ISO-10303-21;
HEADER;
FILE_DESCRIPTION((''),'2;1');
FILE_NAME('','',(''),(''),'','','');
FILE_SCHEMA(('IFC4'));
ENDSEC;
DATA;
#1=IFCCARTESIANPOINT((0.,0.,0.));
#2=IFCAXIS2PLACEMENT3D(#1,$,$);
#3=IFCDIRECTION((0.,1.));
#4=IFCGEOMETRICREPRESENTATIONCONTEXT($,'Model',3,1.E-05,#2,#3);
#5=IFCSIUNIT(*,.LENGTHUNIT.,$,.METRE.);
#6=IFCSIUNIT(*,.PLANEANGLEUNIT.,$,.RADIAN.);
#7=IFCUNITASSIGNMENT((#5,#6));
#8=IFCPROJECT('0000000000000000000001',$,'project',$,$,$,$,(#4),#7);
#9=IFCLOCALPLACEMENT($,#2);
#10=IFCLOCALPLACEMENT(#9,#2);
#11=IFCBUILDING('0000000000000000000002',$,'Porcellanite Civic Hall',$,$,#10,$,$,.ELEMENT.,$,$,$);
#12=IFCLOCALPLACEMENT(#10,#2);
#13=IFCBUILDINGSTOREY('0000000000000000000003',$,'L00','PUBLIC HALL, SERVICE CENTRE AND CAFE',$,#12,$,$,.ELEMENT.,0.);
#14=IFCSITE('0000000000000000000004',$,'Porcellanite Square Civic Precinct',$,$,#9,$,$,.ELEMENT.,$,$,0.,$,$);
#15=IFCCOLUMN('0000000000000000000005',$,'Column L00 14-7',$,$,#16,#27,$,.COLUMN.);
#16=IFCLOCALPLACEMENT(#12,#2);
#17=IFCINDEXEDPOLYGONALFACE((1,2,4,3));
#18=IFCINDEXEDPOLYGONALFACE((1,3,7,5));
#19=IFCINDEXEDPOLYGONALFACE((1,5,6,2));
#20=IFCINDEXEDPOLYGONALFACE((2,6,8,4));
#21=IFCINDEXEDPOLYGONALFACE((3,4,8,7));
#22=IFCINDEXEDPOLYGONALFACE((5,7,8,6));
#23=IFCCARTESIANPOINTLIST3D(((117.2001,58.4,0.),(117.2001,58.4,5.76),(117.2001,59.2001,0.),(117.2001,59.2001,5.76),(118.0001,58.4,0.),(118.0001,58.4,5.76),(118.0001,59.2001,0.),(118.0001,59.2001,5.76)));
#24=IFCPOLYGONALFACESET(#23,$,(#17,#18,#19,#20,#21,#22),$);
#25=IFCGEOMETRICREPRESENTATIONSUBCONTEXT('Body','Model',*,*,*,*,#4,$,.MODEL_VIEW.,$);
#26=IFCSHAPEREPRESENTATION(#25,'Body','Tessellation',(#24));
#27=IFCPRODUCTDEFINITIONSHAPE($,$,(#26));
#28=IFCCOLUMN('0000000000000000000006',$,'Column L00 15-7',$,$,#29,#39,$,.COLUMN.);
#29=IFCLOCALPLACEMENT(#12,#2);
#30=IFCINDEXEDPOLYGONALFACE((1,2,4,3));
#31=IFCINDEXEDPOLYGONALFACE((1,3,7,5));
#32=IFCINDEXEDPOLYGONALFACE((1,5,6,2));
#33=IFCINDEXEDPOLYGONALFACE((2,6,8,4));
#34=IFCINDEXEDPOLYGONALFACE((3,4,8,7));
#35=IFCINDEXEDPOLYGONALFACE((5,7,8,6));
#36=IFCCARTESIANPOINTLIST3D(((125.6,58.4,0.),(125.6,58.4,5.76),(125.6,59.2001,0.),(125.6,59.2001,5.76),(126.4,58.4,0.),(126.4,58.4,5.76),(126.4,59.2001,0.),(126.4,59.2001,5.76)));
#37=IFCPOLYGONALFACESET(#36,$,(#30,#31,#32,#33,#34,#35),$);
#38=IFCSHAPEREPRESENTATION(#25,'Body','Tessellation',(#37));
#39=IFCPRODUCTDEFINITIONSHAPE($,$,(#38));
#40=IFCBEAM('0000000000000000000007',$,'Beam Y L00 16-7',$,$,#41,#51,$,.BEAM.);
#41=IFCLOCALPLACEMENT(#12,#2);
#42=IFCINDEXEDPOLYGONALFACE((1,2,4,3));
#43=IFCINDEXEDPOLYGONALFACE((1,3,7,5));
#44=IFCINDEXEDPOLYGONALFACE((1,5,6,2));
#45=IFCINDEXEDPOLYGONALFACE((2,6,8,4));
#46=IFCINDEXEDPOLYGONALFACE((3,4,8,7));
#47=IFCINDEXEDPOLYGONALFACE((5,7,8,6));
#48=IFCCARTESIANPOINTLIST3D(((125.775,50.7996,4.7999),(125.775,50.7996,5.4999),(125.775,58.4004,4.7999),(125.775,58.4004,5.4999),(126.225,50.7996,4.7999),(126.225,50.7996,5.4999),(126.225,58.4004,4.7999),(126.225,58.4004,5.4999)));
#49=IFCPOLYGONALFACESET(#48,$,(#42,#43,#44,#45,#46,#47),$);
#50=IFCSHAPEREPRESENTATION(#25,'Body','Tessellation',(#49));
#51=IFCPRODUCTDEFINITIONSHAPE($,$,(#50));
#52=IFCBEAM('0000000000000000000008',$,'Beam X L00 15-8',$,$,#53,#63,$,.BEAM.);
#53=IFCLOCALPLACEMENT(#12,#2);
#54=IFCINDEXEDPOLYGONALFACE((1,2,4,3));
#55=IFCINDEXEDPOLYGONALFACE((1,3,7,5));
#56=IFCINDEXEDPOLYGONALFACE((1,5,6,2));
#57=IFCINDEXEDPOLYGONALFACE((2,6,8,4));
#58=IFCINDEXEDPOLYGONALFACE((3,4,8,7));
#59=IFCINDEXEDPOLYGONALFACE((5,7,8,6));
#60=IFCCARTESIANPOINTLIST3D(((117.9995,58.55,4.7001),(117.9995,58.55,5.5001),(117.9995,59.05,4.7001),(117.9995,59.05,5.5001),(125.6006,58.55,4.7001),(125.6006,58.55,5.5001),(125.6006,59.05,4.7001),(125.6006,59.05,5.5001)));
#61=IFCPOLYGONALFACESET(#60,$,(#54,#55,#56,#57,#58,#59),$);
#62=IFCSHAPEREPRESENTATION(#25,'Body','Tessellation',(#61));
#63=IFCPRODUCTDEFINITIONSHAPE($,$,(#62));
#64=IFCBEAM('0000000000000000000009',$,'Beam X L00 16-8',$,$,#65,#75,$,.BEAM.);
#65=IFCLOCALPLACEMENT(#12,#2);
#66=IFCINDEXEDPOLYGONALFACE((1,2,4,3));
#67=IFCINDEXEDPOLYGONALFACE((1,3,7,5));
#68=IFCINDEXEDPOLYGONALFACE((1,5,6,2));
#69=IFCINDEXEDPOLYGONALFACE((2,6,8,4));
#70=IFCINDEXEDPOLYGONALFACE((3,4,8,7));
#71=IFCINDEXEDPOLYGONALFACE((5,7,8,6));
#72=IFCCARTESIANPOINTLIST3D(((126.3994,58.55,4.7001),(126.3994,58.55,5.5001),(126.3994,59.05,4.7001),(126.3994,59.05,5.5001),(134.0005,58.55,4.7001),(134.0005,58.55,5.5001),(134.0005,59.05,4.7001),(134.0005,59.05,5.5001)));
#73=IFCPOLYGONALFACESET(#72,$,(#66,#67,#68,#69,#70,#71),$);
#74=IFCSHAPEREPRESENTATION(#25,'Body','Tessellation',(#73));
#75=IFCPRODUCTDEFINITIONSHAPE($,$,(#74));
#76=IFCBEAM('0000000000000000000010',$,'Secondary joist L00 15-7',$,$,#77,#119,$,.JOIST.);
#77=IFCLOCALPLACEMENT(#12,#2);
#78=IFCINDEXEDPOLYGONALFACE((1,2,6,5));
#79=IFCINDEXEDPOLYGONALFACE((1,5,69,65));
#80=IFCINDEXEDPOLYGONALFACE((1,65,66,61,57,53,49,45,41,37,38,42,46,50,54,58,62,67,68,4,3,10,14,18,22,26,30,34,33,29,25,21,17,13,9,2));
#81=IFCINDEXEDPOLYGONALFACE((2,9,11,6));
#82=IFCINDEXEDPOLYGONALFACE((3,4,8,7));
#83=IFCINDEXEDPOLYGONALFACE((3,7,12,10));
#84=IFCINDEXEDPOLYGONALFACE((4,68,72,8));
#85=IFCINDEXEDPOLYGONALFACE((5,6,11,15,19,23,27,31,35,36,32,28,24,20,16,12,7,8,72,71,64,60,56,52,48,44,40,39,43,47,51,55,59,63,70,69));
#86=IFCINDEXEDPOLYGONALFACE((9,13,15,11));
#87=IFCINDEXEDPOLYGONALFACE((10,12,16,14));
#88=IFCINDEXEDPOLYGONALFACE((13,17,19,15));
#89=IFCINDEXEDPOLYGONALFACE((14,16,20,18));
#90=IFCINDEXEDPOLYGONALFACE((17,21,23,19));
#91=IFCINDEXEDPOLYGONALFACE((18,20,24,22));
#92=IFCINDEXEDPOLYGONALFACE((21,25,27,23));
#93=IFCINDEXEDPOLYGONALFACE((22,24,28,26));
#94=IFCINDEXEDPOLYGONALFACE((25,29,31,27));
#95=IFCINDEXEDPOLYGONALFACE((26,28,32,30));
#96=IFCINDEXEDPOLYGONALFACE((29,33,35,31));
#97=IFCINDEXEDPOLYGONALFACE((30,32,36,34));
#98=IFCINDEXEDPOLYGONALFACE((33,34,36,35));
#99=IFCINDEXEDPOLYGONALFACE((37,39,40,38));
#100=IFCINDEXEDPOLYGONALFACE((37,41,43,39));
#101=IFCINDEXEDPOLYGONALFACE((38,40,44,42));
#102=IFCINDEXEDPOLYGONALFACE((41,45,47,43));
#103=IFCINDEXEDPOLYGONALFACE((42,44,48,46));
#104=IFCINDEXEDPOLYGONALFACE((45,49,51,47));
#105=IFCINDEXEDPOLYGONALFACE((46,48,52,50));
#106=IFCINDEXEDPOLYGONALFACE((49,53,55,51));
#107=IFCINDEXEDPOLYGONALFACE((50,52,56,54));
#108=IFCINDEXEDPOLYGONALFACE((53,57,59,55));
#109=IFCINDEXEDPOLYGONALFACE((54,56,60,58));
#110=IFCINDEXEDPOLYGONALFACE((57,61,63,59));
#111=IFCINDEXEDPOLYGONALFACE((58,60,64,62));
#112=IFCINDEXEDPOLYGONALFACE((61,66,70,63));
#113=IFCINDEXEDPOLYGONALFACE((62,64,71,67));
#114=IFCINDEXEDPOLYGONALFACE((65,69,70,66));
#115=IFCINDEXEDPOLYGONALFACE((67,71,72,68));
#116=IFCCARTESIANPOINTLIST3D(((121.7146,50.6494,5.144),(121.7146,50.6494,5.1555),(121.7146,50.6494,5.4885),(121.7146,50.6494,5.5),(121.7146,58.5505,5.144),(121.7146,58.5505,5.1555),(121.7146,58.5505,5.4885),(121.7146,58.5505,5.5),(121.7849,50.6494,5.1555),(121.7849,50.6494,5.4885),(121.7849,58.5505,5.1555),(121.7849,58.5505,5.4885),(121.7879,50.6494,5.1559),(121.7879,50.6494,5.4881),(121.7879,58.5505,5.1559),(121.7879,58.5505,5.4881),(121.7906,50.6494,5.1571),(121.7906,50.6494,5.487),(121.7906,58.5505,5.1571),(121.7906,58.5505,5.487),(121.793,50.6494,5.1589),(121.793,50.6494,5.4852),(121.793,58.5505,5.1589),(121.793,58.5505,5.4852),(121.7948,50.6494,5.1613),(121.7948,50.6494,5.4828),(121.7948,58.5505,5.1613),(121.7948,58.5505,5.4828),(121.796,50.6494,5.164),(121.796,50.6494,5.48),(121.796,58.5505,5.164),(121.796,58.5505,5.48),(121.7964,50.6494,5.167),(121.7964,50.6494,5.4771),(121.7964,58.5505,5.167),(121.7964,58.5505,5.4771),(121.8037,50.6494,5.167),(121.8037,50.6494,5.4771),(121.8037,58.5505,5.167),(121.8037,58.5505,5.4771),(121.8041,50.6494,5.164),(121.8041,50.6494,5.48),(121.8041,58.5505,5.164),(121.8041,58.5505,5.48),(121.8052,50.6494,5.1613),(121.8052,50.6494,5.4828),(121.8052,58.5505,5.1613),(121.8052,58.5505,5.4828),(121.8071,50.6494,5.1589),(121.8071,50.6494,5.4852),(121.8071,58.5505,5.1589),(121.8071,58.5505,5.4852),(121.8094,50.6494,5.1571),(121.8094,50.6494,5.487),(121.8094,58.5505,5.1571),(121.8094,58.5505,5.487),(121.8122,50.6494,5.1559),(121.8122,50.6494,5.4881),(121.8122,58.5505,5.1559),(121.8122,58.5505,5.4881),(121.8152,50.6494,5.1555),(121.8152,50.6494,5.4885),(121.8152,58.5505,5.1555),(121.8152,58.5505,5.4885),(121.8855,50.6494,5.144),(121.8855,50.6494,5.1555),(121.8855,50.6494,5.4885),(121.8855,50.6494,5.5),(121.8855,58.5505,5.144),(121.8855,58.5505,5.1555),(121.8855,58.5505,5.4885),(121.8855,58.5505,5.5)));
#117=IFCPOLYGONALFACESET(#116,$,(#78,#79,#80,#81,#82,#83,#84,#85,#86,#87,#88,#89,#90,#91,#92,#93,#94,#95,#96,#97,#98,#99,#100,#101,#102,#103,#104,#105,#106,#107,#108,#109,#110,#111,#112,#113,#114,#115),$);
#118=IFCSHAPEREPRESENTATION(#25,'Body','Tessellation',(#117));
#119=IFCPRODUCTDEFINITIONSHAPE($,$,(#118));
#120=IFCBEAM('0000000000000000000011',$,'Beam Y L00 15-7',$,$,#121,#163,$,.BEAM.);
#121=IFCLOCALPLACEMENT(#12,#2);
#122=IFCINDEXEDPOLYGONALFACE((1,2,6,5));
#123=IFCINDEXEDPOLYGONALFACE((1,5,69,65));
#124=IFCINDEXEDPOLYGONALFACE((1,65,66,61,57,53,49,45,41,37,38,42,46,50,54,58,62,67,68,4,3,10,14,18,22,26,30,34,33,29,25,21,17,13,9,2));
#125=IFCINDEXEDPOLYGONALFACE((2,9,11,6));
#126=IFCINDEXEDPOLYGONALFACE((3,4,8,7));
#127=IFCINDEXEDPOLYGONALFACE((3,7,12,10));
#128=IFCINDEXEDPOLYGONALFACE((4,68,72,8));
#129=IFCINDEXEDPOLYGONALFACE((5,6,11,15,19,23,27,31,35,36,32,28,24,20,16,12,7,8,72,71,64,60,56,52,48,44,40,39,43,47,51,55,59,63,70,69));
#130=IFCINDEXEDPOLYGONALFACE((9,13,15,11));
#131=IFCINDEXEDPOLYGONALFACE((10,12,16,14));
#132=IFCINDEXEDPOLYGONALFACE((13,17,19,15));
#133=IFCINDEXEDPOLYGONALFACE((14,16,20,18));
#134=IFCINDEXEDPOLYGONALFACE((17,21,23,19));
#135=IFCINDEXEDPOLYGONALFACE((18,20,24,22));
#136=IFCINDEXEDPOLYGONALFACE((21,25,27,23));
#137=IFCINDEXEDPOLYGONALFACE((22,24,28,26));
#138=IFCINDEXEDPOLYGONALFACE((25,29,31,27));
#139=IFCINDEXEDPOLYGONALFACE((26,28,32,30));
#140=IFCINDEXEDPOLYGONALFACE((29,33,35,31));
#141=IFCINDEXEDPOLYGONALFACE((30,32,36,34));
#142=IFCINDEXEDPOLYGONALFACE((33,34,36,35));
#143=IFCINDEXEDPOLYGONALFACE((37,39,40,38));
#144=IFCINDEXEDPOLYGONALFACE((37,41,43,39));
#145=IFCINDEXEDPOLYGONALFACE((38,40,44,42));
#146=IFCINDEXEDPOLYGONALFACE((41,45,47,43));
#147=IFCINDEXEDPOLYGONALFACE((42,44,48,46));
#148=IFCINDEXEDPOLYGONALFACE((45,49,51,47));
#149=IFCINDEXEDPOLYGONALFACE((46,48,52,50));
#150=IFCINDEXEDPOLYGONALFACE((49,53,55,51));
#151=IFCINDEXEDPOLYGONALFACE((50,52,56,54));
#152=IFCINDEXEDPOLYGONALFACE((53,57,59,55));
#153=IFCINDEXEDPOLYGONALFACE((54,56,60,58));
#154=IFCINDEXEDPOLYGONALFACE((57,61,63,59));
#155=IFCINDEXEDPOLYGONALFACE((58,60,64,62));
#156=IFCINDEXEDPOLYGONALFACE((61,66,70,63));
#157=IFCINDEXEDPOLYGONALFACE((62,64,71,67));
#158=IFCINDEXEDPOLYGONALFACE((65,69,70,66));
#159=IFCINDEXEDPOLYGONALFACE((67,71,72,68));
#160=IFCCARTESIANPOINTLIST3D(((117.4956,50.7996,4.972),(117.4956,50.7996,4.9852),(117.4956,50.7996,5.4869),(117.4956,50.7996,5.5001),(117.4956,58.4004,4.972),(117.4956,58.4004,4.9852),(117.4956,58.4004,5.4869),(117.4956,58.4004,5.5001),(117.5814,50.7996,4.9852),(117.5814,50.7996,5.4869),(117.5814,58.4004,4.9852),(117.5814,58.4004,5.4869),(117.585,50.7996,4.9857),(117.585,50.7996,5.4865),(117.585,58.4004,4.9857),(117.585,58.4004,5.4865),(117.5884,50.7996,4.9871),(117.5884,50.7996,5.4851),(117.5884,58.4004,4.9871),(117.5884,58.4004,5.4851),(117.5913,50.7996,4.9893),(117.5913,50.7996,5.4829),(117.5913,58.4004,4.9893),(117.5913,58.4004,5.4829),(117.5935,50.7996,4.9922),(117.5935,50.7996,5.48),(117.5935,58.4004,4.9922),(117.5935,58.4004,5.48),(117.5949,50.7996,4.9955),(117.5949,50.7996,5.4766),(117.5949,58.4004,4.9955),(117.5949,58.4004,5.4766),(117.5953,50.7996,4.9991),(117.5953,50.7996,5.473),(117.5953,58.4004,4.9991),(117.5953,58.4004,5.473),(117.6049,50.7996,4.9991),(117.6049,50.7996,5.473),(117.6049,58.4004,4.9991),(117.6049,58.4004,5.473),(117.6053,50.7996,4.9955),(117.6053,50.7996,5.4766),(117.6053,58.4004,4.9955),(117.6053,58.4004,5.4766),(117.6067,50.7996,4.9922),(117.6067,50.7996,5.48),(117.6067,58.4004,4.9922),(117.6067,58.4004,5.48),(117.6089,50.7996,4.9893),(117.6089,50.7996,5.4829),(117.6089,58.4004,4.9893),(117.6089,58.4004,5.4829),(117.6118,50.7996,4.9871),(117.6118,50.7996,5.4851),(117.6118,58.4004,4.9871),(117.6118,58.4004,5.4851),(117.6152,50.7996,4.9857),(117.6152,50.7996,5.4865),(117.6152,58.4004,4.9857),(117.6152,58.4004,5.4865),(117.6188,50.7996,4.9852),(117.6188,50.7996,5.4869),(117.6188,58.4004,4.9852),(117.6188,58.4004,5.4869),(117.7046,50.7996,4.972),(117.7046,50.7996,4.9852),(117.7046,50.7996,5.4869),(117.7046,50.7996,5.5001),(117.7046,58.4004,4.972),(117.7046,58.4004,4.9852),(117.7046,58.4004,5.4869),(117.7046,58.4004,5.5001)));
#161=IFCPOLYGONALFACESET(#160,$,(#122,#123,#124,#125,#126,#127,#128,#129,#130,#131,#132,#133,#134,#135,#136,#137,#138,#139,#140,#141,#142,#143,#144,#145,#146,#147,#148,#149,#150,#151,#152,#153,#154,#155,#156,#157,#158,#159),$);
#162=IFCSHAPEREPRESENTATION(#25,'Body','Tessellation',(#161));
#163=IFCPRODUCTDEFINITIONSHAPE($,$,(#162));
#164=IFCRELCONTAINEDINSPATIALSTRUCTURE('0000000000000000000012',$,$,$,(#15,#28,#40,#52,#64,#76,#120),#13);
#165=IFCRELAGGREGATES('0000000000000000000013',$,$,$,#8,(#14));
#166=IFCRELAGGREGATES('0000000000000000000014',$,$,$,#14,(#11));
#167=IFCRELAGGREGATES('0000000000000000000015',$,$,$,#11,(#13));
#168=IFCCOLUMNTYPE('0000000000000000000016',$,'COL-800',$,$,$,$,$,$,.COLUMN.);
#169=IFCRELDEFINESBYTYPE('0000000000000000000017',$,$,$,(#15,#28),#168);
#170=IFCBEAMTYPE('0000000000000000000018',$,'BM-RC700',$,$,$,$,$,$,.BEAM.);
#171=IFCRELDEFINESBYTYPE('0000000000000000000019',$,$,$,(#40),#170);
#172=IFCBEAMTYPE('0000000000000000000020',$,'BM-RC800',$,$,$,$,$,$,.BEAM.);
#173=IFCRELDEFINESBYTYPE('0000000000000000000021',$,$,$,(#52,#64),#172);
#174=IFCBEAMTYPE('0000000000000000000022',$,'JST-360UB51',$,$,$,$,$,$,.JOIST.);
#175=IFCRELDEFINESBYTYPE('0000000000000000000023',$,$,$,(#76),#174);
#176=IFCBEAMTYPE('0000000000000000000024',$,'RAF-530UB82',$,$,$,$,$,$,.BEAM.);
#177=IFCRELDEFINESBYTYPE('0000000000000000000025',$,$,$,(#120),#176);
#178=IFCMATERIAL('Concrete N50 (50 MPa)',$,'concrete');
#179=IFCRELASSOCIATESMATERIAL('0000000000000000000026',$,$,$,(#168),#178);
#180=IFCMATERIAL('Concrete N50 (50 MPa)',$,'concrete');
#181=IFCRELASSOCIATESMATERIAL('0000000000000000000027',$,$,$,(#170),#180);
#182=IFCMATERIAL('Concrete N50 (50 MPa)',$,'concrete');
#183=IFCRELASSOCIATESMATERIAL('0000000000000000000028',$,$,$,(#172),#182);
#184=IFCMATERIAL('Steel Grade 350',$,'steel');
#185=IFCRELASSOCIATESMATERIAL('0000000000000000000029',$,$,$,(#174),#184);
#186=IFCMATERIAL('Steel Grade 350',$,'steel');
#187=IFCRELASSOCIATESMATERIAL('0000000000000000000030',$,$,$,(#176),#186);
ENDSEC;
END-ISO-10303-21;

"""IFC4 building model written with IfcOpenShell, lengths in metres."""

from ifc_helpers import new_model, si_unit, direction, frame, origin, origin_2d, place, context, subcontext, project, spatial, rectangle, i_section, extrude, material, material_profile, profile_set, type_object, element, save


model = new_model("IFC4")

# Units and contexts
model_context = context("Model", 3, precision=1e-05, world=origin(), true_north=direction((0.0, 1.0)))
body_context = subcontext(model_context, "Body", "Model", "MODEL_VIEW")
ifc_project = project(units=[si_unit("LENGTHUNIT", "METRE"), si_unit("PLANEANGLEUNIT", "RADIAN")], contexts=[model_context])

# Site, building, storey
site_placement = place(None, origin())
site = spatial("IfcSite", under=ifc_project, at=site_placement, Name="Porcellanite Square Civic Precinct", CompositionType="ELEMENT", RefElevation=0.0)
building_placement = place(site_placement, origin())
building = spatial("IfcBuilding", under=site, at=building_placement, Name="Porcellanite Civic Hall", CompositionType="ELEMENT")
storey_placement = place(building_placement, origin())
storey = spatial("IfcBuildingStorey", under=building, at=storey_placement, Name="L00", Description="PUBLIC HALL, SERVICE CENTRE AND CAFE", CompositionType="ELEMENT", Elevation=0.0)

# Columns
ifc_material_1 = material(Name="Concrete N50 (50 MPa)", Category="concrete")
ifc_material_profile_1 = material_profile(ifc_material_1, rectangle(XDim=0.8, YDim=0.8, at=origin_2d()), Name="RC-800x800")
ifc_profile_set_1 = profile_set([ifc_material_profile_1], Name="Concrete N50 (50 MPa)")
column_type = type_object("IfcColumnType", Name="COL-800", PredefinedType="COLUMN", material=ifc_profile_set_1)
for number, where, z_axis, x_axis, name in (
    (1, (117.6001, 58.8, 0.0), (0.0, 0.0, 1.0), (1.0, 0.0, 0.0), "Column L00 14-7"),
    (2, (126.0, 58.8, 0.0), (0.0, 0.0, 1.0), (1.0, 0.0, 0.0), "Column L00 15-7"),
):
    element("IfcColumn", number, at=place(storey_placement, frame(where, z_axis=z_axis, x_axis=x_axis)), inside=storey, type_object=column_type, Name=name, PredefinedType="COLUMN", context=body_context, shape_type="SweptSolid", body=[
        extrude(rectangle(XDim=0.8, YDim=0.8, at=origin_2d()), origin(), (0.0, 0.0, 1.0), 5.76),
    ])

# Beams
ifc_material_2 = material(Name="Concrete N50 (50 MPa)", Category="concrete")
ifc_material_profile_2 = material_profile(ifc_material_2, rectangle(XDim=0.45, YDim=0.7, at=origin_2d()), Name="RC-450x700")
ifc_profile_set_2 = profile_set([ifc_material_profile_2], Name="Concrete N50 (50 MPa)")
beam_type_1 = type_object("IfcBeamType", Name="BM-RC700", PredefinedType="BEAM", material=ifc_profile_set_2)
beam_1_placement = place(storey_placement, frame((126.0, 50.7996, 5.1499), z_axis=(0.0, 1.0, 0.0), x_axis=(-1.0, 0.0, 0.0)))
element("IfcBeam", 3, at=beam_1_placement, inside=storey, type_object=beam_type_1, Name="Beam Y L00 16-7", PredefinedType="BEAM", context=body_context, shape_type="SweptSolid", body=[
    extrude(rectangle(XDim=0.45, YDim=0.7, at=origin_2d()), origin(), (0.0, 0.0, 1.0), 7.6008),
])
ifc_material_3 = material(Name="Concrete N50 (50 MPa)", Category="concrete")
ifc_material_profile_3 = material_profile(ifc_material_3, rectangle(XDim=0.5, YDim=0.8, at=origin_2d()), Name="RC-500x800")
ifc_profile_set_3 = profile_set([ifc_material_profile_3], Name="Concrete N50 (50 MPa)")
beam_type_2 = type_object("IfcBeamType", Name="BM-RC800", PredefinedType="BEAM", material=ifc_profile_set_3)
for number, where, z_axis, x_axis, name in (
    (4, (117.9995, 58.8, 5.1001), (1.0, 0.0, 0.0), (0.0, 1.0, 0.0), "Beam X L00 15-8"),
    (5, (126.3994, 58.8, 5.1001), (1.0, 0.0, 0.0), (0.0, 1.0, 0.0), "Beam X L00 16-8"),
):
    element("IfcBeam", number, at=place(storey_placement, frame(where, z_axis=z_axis, x_axis=x_axis)), inside=storey, type_object=beam_type_2, Name=name, PredefinedType="BEAM", context=body_context, shape_type="SweptSolid", body=[
        extrude(rectangle(XDim=0.5, YDim=0.8, at=origin_2d()), origin(), (0.0, 0.0, 1.0), 7.6011),
    ])
ifc_material_4 = material(Name="Steel Grade 350", Category="steel")
ifc_material_profile_4 = material_profile(ifc_material_4, i_section(OverallWidth=0.1709, OverallDepth=0.356, WebThickness=0.0073, FlangeThickness=0.0115, FilletRadius=0.0115, at=origin_2d()), Name="360UB50.7")
ifc_profile_set_4 = profile_set([ifc_material_profile_4], Name="Steel Grade 350")
beam_type_3 = type_object("IfcBeamType", Name="JST-360UB51", PredefinedType="JOIST", material=ifc_profile_set_4)
beam_2_placement = place(storey_placement, frame((121.8, 50.6494, 5.322), z_axis=(0.0, 1.0, 0.0), x_axis=(-1.0, 0.0, 0.0)))
element("IfcBeam", 6, at=beam_2_placement, inside=storey, type_object=beam_type_3, Name="Secondary joist L00 15-7", PredefinedType="JOIST", context=body_context, shape_type="SweptSolid", body=[
    extrude(i_section(OverallWidth=0.1709, OverallDepth=0.356, WebThickness=0.0073, FlangeThickness=0.0115, FilletRadius=0.0115, at=origin_2d()), origin(), (0.0, 0.0, 1.0), 7.9011),
])
ifc_material_5 = material(Name="Steel Grade 350", Category="steel")
ifc_material_profile_5 = material_profile(ifc_material_5, i_section(OverallWidth=0.209, OverallDepth=0.5281, WebThickness=0.0095, FlangeThickness=0.0132, FilletRadius=0.0139, at=origin_2d()), Name="530UB82.0")
ifc_profile_set_5 = profile_set([ifc_material_profile_5], Name="Steel Grade 350")
beam_type_4 = type_object("IfcBeamType", Name="RAF-530UB82", PredefinedType="BEAM", material=ifc_profile_set_5)
beam_3_placement = place(storey_placement, frame((117.6001, 50.7996, 5.2361), z_axis=(0.0, 1.0, 0.0), x_axis=(-1.0, 0.0, 0.0)))
element("IfcBeam", 7, at=beam_3_placement, inside=storey, type_object=beam_type_4, Name="Beam Y L00 15-7", PredefinedType="BEAM", context=body_context, shape_type="SweptSolid", body=[
    extrude(i_section(OverallWidth=0.209, OverallDepth=0.5281, WebThickness=0.0095, FlangeThickness=0.0132, FilletRadius=0.0139, at=origin_2d()), origin(), (0.0, 0.0, 1.0), 7.6008),
])

save(model, "model.ifc")
